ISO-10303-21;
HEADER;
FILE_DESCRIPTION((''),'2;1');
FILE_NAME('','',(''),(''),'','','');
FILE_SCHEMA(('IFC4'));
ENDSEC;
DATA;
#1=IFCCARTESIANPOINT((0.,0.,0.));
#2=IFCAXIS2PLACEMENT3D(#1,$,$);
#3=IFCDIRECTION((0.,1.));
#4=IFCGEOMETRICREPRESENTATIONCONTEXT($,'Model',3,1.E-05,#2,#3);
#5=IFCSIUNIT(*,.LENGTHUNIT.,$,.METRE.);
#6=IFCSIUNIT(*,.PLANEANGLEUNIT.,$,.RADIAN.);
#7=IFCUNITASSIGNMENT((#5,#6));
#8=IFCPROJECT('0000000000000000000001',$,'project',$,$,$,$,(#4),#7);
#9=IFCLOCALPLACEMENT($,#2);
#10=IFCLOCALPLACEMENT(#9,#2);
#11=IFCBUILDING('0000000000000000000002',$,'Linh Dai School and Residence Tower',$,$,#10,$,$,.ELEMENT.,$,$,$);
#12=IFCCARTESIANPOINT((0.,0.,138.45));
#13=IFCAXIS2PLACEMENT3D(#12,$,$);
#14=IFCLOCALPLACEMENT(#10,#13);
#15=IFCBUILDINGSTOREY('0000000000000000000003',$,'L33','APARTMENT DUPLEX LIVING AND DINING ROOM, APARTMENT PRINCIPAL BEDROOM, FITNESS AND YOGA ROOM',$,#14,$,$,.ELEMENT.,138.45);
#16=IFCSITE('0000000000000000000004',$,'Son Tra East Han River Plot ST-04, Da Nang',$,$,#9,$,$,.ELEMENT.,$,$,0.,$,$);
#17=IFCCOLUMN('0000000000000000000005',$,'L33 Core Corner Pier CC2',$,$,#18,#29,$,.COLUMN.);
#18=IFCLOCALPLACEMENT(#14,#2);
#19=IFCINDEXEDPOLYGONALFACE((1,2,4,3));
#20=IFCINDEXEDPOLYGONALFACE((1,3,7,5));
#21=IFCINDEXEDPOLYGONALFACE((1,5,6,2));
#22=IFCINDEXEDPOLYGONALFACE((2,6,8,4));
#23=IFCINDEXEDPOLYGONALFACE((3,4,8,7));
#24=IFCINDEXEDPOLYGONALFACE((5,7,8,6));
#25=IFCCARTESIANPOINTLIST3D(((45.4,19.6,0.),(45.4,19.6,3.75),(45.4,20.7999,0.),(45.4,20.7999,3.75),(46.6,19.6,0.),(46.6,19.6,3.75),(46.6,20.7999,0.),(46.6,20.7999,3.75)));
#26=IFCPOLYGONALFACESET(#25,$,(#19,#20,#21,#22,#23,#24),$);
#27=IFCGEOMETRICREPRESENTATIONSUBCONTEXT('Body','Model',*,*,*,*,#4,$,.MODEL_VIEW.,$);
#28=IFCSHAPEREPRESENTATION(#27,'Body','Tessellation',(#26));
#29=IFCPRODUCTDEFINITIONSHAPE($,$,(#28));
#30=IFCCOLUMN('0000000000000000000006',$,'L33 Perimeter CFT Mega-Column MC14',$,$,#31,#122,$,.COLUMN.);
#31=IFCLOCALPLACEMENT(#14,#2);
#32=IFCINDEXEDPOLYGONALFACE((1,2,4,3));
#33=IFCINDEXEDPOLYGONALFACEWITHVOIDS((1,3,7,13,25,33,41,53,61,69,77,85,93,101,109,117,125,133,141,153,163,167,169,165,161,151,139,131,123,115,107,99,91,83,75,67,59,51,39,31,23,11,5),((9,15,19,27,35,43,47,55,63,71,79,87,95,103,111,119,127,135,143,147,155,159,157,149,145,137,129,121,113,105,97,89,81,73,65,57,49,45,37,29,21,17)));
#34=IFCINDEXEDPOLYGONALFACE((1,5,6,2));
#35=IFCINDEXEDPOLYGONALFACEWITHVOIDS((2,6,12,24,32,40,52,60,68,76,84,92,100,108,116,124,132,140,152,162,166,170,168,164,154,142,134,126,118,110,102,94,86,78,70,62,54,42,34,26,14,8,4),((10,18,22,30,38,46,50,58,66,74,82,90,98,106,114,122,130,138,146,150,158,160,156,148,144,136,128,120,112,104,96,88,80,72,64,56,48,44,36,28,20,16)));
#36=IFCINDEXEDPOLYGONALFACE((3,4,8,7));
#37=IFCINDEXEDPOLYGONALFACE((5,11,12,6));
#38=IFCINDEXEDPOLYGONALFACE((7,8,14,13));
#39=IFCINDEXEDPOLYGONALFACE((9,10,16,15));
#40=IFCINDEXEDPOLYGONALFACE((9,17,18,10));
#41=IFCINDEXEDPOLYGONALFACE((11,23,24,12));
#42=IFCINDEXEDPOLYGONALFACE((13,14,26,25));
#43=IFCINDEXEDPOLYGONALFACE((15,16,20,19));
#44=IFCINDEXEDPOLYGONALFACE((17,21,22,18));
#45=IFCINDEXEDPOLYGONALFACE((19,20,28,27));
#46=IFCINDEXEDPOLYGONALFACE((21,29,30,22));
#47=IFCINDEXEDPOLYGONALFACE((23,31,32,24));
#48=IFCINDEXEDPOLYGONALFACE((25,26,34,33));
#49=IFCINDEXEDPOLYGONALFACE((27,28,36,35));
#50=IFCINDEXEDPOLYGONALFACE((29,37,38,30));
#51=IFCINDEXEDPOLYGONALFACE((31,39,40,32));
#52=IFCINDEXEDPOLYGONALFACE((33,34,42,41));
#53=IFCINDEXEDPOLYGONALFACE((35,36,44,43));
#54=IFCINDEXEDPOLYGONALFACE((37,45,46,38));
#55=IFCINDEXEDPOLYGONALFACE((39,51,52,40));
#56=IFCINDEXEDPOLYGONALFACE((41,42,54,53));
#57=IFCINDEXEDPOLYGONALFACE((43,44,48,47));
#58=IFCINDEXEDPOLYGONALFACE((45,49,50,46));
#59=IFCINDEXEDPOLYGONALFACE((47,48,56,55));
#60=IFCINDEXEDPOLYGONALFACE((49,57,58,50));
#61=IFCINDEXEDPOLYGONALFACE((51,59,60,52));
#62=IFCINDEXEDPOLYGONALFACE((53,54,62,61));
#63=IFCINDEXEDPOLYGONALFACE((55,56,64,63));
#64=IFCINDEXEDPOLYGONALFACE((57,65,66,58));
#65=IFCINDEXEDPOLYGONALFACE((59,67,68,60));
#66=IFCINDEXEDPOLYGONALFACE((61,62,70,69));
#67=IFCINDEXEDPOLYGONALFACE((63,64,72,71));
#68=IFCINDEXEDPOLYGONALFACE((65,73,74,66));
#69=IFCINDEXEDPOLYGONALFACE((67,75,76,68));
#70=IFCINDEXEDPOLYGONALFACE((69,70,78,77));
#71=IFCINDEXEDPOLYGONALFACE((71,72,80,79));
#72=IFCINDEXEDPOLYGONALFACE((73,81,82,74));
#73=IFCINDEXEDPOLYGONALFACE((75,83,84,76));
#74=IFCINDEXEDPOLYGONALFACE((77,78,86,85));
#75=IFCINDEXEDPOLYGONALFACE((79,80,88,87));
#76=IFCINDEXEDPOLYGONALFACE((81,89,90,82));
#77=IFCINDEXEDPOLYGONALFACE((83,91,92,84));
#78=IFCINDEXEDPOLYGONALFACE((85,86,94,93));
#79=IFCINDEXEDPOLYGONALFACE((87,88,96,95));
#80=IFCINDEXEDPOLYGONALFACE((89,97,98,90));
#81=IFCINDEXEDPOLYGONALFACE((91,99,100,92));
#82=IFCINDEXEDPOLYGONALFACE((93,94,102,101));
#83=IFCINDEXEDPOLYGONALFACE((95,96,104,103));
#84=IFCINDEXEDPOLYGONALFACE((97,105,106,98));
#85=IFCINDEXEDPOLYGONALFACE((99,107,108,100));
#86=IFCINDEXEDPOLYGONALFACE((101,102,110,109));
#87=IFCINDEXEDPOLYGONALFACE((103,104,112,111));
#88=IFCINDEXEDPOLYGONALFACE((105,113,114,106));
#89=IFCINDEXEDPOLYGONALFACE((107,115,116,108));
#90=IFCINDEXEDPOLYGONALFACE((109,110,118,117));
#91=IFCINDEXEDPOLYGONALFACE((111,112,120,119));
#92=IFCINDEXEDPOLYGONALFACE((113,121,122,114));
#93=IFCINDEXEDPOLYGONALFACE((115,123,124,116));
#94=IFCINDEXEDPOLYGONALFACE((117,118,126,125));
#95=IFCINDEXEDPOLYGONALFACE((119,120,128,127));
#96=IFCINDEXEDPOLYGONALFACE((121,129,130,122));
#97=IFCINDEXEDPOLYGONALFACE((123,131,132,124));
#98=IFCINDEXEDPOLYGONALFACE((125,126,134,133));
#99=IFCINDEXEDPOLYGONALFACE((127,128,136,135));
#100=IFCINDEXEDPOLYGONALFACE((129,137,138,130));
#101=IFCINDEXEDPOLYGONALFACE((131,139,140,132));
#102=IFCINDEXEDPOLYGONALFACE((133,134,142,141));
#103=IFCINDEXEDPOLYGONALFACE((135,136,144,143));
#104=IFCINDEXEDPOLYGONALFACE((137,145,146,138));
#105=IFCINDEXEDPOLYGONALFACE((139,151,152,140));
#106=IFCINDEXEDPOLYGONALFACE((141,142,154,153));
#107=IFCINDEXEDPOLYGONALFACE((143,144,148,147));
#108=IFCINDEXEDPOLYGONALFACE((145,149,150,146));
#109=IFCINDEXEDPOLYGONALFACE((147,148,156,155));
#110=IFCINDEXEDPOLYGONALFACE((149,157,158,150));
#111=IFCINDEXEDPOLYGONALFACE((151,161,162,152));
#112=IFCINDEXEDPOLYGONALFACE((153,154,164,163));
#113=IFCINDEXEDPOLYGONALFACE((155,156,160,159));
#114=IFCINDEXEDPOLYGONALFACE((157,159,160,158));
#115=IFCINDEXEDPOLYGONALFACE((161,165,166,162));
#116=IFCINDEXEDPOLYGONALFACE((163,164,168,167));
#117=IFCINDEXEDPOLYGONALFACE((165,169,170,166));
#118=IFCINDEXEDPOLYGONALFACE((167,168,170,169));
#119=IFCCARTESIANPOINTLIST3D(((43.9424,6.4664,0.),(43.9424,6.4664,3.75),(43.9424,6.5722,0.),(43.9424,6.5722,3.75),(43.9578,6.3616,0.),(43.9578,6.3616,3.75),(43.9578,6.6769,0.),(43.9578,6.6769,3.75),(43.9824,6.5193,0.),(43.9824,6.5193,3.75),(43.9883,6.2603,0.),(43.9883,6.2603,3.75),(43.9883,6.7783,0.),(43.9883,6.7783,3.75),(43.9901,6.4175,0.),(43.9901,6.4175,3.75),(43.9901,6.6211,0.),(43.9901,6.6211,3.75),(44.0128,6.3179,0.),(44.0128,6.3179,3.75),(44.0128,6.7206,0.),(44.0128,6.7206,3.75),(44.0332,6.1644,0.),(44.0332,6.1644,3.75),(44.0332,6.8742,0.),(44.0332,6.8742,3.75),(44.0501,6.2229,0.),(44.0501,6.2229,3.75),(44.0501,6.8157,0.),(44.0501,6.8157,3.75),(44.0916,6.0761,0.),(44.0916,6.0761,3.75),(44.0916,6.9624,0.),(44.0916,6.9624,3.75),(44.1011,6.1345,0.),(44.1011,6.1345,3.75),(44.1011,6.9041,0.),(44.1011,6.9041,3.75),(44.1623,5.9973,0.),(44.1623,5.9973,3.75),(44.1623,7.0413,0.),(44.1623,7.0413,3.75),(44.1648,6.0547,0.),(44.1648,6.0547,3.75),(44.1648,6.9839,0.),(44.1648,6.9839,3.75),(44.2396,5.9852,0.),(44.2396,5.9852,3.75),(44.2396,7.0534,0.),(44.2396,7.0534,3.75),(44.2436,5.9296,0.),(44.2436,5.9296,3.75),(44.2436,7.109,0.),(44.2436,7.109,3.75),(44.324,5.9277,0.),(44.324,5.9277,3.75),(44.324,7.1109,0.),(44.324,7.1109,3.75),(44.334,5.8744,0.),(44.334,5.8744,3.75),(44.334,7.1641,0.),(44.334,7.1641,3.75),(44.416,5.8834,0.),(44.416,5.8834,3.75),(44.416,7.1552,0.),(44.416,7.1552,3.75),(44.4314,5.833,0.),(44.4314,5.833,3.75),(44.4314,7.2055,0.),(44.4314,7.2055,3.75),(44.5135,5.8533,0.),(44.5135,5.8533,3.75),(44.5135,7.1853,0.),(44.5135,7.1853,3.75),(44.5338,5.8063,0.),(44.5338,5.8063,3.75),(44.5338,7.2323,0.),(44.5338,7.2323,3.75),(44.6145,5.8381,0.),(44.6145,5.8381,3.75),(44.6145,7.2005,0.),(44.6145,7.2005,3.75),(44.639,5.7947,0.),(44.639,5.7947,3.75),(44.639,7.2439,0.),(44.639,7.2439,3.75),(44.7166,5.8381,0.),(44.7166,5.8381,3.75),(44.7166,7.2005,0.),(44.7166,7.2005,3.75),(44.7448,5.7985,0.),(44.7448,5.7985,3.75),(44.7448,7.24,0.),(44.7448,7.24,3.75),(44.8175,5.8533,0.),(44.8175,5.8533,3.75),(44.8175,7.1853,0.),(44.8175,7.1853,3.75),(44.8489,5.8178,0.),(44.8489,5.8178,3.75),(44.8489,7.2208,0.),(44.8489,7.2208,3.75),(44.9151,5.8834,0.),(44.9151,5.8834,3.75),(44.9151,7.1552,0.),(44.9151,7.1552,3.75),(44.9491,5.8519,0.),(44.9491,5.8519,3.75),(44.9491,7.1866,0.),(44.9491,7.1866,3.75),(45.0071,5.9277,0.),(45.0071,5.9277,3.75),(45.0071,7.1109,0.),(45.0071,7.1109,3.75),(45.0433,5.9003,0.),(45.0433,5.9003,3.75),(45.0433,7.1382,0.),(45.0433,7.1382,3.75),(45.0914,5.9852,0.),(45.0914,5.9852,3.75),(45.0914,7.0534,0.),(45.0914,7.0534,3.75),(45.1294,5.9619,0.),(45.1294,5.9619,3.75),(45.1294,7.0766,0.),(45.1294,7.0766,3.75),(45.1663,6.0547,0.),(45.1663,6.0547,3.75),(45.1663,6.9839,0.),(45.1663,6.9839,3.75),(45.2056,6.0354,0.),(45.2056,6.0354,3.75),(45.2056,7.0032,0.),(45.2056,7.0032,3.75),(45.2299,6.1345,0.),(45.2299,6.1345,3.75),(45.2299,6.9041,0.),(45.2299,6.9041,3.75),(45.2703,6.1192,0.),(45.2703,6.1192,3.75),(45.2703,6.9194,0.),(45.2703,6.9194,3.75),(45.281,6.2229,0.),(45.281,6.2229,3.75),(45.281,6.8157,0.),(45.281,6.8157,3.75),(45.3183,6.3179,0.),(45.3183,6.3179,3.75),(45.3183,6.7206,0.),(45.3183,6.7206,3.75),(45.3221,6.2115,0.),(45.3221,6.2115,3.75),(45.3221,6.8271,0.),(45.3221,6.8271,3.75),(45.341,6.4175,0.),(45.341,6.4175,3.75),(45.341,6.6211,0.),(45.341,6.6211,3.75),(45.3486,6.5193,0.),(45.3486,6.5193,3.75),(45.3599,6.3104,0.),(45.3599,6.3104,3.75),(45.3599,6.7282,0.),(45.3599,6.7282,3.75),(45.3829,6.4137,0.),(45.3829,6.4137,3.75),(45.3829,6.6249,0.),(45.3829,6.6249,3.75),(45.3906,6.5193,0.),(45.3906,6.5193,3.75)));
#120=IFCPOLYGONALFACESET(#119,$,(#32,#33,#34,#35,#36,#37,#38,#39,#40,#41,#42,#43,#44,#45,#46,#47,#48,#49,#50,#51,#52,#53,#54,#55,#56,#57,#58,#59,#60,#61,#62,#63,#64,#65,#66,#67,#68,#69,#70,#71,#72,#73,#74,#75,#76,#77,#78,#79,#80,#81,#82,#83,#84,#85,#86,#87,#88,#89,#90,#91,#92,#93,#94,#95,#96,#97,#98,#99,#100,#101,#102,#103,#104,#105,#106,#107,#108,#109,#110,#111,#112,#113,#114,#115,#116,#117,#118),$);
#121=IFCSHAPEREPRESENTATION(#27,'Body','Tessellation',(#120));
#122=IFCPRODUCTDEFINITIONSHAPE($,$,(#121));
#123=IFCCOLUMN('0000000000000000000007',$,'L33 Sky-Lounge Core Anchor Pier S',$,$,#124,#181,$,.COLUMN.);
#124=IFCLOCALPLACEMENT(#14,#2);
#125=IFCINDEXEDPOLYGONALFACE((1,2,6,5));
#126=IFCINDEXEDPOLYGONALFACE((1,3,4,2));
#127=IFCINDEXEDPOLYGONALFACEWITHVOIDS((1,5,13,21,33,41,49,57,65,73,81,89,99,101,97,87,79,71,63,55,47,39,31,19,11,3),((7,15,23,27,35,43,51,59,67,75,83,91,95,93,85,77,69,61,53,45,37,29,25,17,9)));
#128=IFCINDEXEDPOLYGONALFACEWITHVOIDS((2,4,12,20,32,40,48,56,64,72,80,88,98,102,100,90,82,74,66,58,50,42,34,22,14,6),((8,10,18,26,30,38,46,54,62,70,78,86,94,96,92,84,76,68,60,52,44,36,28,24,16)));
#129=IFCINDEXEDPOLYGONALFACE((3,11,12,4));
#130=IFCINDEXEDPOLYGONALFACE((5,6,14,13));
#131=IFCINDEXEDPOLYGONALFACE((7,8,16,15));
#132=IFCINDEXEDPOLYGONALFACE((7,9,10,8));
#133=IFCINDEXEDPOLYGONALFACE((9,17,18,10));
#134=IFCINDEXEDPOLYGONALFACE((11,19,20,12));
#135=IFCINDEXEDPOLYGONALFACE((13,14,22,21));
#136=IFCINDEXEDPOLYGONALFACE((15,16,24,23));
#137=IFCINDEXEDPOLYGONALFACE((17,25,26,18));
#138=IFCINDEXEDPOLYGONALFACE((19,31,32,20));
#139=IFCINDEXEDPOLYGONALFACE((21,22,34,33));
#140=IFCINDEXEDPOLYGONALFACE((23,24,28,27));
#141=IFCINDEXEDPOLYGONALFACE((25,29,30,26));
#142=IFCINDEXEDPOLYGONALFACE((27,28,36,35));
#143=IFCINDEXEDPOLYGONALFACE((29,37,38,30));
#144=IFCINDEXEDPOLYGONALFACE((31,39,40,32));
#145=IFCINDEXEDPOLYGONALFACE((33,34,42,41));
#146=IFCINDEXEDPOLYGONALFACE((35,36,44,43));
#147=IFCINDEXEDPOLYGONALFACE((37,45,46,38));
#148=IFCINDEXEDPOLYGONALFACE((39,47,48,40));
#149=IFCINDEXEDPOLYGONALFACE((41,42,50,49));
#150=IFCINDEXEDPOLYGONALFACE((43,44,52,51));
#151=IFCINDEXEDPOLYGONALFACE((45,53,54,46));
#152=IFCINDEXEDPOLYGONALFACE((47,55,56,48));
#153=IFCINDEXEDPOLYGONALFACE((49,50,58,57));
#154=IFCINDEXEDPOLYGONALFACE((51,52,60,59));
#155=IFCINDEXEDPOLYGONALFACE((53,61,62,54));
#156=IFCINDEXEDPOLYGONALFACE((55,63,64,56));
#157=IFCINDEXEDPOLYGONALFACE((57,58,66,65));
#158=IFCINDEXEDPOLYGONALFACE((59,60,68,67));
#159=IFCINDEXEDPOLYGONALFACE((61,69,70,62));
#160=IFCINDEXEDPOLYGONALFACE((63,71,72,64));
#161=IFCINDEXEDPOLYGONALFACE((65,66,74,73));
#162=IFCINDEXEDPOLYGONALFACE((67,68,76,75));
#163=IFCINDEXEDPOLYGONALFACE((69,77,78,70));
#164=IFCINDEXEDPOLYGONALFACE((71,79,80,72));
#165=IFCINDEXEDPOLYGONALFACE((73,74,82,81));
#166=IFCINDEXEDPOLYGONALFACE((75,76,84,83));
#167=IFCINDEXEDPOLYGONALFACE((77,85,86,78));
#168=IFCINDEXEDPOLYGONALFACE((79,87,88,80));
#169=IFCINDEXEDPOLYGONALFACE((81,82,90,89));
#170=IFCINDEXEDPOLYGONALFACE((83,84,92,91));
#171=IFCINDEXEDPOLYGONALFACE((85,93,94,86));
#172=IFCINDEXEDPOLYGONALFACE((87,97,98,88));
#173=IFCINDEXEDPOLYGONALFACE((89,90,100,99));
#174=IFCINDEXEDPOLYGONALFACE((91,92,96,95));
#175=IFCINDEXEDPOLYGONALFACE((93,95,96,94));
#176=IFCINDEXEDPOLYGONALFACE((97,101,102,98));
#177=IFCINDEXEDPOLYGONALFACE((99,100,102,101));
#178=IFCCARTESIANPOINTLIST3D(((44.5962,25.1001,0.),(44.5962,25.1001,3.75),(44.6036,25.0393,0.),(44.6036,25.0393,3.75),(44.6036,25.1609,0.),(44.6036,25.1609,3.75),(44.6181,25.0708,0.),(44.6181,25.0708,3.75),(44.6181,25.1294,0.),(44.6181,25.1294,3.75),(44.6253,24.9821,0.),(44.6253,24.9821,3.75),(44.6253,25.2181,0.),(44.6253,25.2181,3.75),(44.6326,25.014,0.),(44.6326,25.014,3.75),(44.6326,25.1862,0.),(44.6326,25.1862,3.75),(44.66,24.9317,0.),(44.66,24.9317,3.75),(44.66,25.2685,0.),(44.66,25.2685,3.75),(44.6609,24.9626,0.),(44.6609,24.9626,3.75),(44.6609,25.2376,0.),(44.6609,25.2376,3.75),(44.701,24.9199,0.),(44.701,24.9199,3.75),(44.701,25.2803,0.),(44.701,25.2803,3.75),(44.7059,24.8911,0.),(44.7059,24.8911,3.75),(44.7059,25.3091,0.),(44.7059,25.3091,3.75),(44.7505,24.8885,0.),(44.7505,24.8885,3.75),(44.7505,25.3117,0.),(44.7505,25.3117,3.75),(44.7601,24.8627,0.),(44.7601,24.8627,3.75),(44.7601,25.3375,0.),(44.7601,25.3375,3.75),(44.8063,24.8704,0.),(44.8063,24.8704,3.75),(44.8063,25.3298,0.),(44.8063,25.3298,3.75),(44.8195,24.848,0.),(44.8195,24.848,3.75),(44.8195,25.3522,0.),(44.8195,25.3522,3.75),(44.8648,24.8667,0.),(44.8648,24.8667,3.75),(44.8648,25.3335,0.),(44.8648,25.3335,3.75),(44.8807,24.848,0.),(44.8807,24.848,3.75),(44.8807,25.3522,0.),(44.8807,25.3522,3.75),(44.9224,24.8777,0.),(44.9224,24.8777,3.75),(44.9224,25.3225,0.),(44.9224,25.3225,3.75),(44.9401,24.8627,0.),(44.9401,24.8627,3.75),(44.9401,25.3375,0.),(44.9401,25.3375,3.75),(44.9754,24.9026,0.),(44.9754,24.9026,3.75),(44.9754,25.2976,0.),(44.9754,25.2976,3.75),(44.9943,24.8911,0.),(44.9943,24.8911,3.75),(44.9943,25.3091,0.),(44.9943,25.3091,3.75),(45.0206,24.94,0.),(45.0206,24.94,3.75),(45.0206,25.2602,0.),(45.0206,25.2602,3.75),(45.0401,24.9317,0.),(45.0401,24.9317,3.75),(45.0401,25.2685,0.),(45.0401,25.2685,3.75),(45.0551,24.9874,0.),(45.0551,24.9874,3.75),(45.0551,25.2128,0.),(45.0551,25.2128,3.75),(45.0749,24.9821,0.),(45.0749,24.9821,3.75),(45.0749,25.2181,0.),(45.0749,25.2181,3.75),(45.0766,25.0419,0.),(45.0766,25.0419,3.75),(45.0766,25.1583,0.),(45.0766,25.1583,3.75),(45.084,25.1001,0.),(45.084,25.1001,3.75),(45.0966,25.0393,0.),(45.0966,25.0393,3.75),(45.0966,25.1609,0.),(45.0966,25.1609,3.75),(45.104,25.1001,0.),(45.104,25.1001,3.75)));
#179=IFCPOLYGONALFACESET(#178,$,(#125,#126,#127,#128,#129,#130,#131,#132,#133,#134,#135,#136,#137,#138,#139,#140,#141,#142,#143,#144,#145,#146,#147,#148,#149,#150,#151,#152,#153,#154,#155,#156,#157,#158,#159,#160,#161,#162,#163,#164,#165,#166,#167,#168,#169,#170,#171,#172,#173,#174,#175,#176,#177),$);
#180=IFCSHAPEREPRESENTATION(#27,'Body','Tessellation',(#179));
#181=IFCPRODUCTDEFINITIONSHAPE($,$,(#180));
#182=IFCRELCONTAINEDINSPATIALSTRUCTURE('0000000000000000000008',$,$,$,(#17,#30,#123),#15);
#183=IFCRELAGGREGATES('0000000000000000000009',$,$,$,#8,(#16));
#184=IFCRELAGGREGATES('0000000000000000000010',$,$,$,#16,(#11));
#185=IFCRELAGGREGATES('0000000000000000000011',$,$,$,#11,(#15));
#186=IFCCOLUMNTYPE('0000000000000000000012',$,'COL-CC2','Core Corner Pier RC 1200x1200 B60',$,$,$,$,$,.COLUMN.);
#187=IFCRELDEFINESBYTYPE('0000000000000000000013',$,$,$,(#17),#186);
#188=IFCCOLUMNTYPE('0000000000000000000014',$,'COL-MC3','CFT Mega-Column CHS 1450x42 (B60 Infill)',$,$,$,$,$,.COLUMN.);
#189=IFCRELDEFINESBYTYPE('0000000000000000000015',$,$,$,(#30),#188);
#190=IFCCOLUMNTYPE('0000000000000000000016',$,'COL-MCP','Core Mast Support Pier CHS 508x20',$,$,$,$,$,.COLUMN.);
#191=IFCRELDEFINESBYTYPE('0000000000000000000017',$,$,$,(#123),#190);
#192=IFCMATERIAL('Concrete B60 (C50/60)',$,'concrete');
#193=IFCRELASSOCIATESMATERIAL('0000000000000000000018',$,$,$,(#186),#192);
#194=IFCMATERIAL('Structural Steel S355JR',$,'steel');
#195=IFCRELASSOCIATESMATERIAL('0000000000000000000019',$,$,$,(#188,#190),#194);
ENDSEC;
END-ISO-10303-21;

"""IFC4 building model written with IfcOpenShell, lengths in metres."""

from ifc_helpers import new_model, si_unit, direction, frame, origin, origin_2d, place, context, subcontext, project, spatial, rectangle, hollow_circle, extrude, material, material_profile, profile_set, type_object, element, save


model = new_model("IFC4")

# Units and contexts
model_context = context("Model", 3, precision=1e-05, world=origin(), true_north=direction((0.0, 1.0)))
body_context = subcontext(model_context, "Body", "Model", "MODEL_VIEW")
ifc_project = project(units=[si_unit("LENGTHUNIT", "METRE"), si_unit("PLANEANGLEUNIT", "RADIAN")], contexts=[model_context])

# Site, building, storey
site_placement = place(None, origin())
site = spatial("IfcSite", under=ifc_project, at=site_placement, Name="Son Tra East Han River Plot ST-04, Da Nang", CompositionType="ELEMENT", RefElevation=0.0)
building_placement = place(site_placement, origin())
building = spatial("IfcBuilding", under=site, at=building_placement, Name="Linh Dai School and Residence Tower", CompositionType="ELEMENT")
storey_placement = place(building_placement, frame((0.0, 0.0, 138.45)))
storey = spatial("IfcBuildingStorey", under=building, at=storey_placement, Name="L33", Description="APARTMENT DUPLEX LIVING AND DINING ROOM, APARTMENT PRINCIPAL BEDROOM, FITNESS AND YOGA ROOM", CompositionType="ELEMENT", Elevation=138.45)

# Columns
ifc_material_1 = material(Name="Concrete B60 (C50/60)", Category="concrete")
ifc_material_profile_1 = material_profile(ifc_material_1, rectangle(XDim=1.2, YDim=1.2, at=origin_2d()), Name="RC 1200x1200")
ifc_profile_set_1 = profile_set([ifc_material_profile_1], Name="Concrete B60 (C50/60)")
column_type_1 = type_object("IfcColumnType", Name="COL-CC2", Description="Core Corner Pier RC 1200x1200 B60", PredefinedType="COLUMN", material=ifc_profile_set_1)
column_1_placement = place(storey_placement, frame((46.0, 20.2, 0.0), z_axis=(0.0, 0.0, 1.0), x_axis=(1.0, 0.0, 0.0)))
element("IfcColumn", 1, at=column_1_placement, inside=storey, type_object=column_type_1, Name="L33 Core Corner Pier CC2", PredefinedType="COLUMN", context=body_context, shape_type="SweptSolid", body=[
    extrude(rectangle(XDim=1.2, YDim=1.2, at=origin_2d()), origin(), (0.0, 0.0, 1.0), 3.75),
])
ifc_material_2 = material(Name="Structural Steel S355JR", Category="steel")
ifc_material_profile_2 = material_profile(ifc_material_2, hollow_circle(Radius=0.7251, WallThickness=0.042, at=origin_2d()), Name="CHS 1450x42")
ifc_profile_set_2 = profile_set([ifc_material_profile_2], Name="Structural Steel S355JR")
column_type_2 = type_object("IfcColumnType", Name="COL-MC3", Description="CFT Mega-Column CHS 1450x42 (B60 Infill)", PredefinedType="COLUMN", material=ifc_profile_set_2)
column_2_placement = place(storey_placement, frame((44.6655, 6.5193, 0.0), z_axis=(0.0, 0.0, 1.0), x_axis=(1.0, 0.0, 0.0)))
element("IfcColumn", 2, at=column_2_placement, inside=storey, type_object=column_type_2, Name="L33 Perimeter CFT Mega-Column MC14", PredefinedType="COLUMN", context=body_context, shape_type="SweptSolid", body=[
    extrude(hollow_circle(Radius=0.7251, WallThickness=0.042, at=origin_2d()), origin(), (0.0, 0.0, 1.0), 3.75),
])
ifc_material_profile_3 = material_profile(ifc_material_2, hollow_circle(Radius=0.2539, WallThickness=0.02, at=origin_2d()), Name="CHS 508x20")
ifc_profile_set_3 = profile_set([ifc_material_profile_3], Name="Structural Steel S355JR")
column_type_3 = type_object("IfcColumnType", Name="COL-MCP", Description="Core Mast Support Pier CHS 508x20", PredefinedType="COLUMN", material=ifc_profile_set_3)
column_3_placement = place(storey_placement, frame((44.8501, 25.1001, 0.0), z_axis=(0.0, 0.0, 1.0), x_axis=(1.0, 0.0, 0.0)))
element("IfcColumn", 3, at=column_3_placement, inside=storey, type_object=column_type_3, Name="L33 Sky-Lounge Core Anchor Pier S", PredefinedType="COLUMN", context=body_context, shape_type="SweptSolid", body=[
    extrude(hollow_circle(Radius=0.2539, WallThickness=0.02, at=origin_2d()), origin(), (0.0, 0.0, 1.0), 3.75),
])

save(model, "model.ifc")
